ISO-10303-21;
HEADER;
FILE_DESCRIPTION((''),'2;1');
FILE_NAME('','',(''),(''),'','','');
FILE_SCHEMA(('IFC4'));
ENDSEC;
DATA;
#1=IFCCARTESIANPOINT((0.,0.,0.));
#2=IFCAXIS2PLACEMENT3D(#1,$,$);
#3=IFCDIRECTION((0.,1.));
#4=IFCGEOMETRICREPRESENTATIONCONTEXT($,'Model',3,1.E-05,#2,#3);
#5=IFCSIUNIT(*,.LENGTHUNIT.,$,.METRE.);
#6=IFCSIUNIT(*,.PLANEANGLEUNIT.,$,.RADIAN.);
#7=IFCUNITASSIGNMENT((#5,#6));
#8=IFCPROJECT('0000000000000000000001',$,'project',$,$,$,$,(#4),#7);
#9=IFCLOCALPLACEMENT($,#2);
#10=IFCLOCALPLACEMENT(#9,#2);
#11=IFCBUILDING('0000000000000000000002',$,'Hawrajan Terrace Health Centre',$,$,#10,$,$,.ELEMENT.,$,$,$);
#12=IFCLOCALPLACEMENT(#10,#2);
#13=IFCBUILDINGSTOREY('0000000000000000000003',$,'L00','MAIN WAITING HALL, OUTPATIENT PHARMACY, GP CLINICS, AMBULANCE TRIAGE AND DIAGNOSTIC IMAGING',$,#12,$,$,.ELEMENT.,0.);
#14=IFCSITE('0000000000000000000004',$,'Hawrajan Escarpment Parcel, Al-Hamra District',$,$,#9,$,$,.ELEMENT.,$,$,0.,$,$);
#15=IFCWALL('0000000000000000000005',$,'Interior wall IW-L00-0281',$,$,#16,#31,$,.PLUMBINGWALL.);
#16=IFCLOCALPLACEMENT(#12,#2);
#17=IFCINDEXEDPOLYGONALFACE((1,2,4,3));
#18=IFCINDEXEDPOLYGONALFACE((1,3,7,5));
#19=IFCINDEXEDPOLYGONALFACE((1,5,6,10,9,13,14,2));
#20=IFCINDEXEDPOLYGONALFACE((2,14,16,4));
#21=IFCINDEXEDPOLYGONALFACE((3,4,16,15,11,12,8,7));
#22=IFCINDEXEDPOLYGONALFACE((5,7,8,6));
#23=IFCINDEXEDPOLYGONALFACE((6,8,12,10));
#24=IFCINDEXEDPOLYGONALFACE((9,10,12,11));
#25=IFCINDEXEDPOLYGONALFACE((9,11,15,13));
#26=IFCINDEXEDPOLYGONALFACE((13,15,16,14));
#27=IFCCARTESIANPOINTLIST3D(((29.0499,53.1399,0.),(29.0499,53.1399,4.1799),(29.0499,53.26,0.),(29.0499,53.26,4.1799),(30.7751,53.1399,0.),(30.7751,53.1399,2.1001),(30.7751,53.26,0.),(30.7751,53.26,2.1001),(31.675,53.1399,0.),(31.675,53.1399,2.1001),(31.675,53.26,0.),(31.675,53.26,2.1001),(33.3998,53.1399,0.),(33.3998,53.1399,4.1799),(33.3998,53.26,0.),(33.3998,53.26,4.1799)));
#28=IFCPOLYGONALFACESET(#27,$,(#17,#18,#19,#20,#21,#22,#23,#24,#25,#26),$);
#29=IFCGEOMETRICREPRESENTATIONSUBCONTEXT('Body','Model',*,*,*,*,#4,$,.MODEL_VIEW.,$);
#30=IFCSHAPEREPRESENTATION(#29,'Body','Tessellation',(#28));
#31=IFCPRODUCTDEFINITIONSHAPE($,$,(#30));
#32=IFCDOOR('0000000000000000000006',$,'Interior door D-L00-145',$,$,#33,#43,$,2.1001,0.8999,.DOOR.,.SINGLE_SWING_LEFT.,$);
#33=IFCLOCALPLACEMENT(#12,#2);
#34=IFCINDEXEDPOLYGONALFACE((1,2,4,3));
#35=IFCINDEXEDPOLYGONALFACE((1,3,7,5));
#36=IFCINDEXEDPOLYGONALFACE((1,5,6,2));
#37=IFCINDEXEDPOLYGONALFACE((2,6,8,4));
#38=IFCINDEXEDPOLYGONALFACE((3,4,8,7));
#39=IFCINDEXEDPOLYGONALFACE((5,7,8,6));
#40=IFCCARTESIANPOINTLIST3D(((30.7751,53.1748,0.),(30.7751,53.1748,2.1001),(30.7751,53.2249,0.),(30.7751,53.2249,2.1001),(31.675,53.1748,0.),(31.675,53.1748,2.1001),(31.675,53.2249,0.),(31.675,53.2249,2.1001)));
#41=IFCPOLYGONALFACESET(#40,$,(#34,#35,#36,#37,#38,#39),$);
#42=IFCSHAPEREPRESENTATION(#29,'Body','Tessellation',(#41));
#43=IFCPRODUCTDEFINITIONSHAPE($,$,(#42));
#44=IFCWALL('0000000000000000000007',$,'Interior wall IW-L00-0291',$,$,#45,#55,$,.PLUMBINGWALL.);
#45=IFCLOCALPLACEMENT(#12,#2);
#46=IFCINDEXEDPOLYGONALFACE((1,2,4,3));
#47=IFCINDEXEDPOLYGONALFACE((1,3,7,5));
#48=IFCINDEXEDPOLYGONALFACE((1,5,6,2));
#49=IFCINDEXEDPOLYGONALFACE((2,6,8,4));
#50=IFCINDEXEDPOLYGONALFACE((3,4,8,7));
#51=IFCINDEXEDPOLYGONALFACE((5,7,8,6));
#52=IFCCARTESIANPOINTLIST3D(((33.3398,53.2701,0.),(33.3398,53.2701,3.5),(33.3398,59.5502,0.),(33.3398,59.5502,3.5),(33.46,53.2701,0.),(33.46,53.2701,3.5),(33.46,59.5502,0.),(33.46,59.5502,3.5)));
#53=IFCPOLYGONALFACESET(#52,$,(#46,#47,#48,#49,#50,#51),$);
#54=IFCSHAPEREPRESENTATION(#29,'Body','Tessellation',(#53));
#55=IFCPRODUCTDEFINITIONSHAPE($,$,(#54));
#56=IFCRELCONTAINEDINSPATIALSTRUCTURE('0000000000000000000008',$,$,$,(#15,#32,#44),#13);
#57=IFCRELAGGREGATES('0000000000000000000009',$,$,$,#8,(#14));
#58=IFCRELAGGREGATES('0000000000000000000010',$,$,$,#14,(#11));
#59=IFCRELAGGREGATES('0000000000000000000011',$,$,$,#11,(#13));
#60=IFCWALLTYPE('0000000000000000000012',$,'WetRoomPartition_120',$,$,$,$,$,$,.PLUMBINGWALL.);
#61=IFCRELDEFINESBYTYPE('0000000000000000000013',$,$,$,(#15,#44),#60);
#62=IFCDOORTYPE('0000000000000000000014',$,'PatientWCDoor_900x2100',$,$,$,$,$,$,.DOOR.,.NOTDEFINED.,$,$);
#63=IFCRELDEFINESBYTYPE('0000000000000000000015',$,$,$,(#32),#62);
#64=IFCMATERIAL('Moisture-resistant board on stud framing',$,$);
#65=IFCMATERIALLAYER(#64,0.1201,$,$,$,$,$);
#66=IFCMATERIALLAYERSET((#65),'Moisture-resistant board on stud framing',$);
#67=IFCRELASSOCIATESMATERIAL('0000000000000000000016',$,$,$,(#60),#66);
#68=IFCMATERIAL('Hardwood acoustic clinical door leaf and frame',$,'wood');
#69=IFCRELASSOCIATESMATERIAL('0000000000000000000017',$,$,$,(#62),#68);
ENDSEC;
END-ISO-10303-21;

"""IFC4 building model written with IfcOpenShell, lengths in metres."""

from ifc_helpers import new_model, si_unit, direction, frame, frame_2d, origin, place, context, subcontext, project, spatial, rectangle, extrude, material, layer, layer_set, type_object, element, fill, save


model = new_model("IFC4")

# Units and contexts
model_context = context("Model", 3, precision=1e-05, world=origin(), true_north=direction((0.0, 1.0)))
body_context = subcontext(model_context, "Body", "Model", "MODEL_VIEW")
ifc_project = project(units=[si_unit("LENGTHUNIT", "METRE"), si_unit("PLANEANGLEUNIT", "RADIAN")], contexts=[model_context])

# Site, building, storey
site_placement = place(None, origin())
site = spatial("IfcSite", under=ifc_project, at=site_placement, Name="Hawrajan Escarpment Parcel, Al-Hamra District", CompositionType="ELEMENT", RefElevation=0.0)
building_placement = place(site_placement, origin())
building = spatial("IfcBuilding", under=site, at=building_placement, Name="Hawrajan Terrace Health Centre", CompositionType="ELEMENT")
storey_placement = place(building_placement, origin())
storey = spatial("IfcBuildingStorey", under=building, at=storey_placement, Name="L00", Description="MAIN WAITING HALL, OUTPATIENT PHARMACY, GP CLINICS, AMBULANCE TRIAGE AND DIAGNOSTIC IMAGING", CompositionType="ELEMENT", Elevation=0.0)

# Shared definitions
ifc_material_1 = material(Name="Hardwood acoustic clinical door leaf and frame", Category="wood")

# Shared definitions
ifc_material_2 = material(Name="Moisture-resistant board on stud framing")
ifc_layer_1 = layer(ifc_material_2, 0.1201)
ifc_layer_set_1 = layer_set([ifc_layer_1], Name="Moisture-resistant board on stud framing")
wall_type_1 = type_object("IfcWallType", Name="WetRoomPartition_120", PredefinedType="PLUMBINGWALL", material=ifc_layer_set_1)

# Wall, opening, door
wall_1_placement = place(storey_placement, frame((29.05, 53.2, 0.0), z_axis=(0.0, 0.0, 1.0), x_axis=(1.0, 0.0, 0.0)))
wall_1 = element("IfcWall", 1, at=wall_1_placement, inside=storey, type_object=wall_type_1, Name="Interior wall IW-L00-0281", PredefinedType="PLUMBINGWALL", context=body_context, shape_type="SweptSolid", body=[
    extrude(rectangle(XDim=4.3499, YDim=0.1201, at=frame_2d((2.1748, 0.0))), origin(), (0.0, 0.0, 1.0), 4.1799),
])
opening_1_placement = place(wall_1_placement, frame((1.7251, 0.0, 0.0)))
opening_1 = element("IfcOpeningElement", 2, at=opening_1_placement, cuts=wall_1, PredefinedType="OPENING", context=body_context, shape_type="SweptSolid", body=[
    extrude(rectangle(XDim=0.8999, YDim=2.1001, at=frame_2d((0.45, 1.05))), frame((0.0, 0.0701, 0.0), z_axis=(0.0, -1.0, 0.0), x_axis=(1.0, 0.0, 0.0)), (0.0, 0.0, 1.0), 0.1401),
])
door_type_1 = type_object("IfcDoorType", Name="PatientWCDoor_900x2100", OperationType="NOTDEFINED", PredefinedType="DOOR", material=ifc_material_1)
door_1_placement = place(opening_1_placement, origin())
door_1 = element("IfcDoor", 3, at=door_1_placement, inside=storey, type_object=door_type_1, Name="Interior door D-L00-145", OperationType="SINGLE_SWING_LEFT", OverallHeight=2.1001, OverallWidth=0.8999, PredefinedType="DOOR", context=body_context, shape_type="SweptSolid", body=[
    extrude(rectangle(XDim=0.8999, YDim=2.1001, at=frame_2d((0.45, 1.05))), frame((0.0, 0.0249, 0.0), z_axis=(0.0, -1.0, 0.0), x_axis=(1.0, 0.0, 0.0)), (0.0, 0.0, 1.0), 0.05),
])
fill(opening_1, door_1)

# Wall
wall_2_placement = place(storey_placement, frame((33.3999, 53.27, 0.0), z_axis=(0.0, 0.0, 1.0), x_axis=(0.0, 1.0, 0.0)))
element("IfcWall", 4, at=wall_2_placement, inside=storey, type_object=wall_type_1, Name="Interior wall IW-L00-0291", PredefinedType="PLUMBINGWALL", context=body_context, shape_type="SweptSolid", body=[
    extrude(rectangle(XDim=6.28, YDim=0.1201, at=frame_2d((3.1401, 0.0))), origin(), (0.0, 0.0, 1.0), 3.5),
])

save(model, "model.ifc")
